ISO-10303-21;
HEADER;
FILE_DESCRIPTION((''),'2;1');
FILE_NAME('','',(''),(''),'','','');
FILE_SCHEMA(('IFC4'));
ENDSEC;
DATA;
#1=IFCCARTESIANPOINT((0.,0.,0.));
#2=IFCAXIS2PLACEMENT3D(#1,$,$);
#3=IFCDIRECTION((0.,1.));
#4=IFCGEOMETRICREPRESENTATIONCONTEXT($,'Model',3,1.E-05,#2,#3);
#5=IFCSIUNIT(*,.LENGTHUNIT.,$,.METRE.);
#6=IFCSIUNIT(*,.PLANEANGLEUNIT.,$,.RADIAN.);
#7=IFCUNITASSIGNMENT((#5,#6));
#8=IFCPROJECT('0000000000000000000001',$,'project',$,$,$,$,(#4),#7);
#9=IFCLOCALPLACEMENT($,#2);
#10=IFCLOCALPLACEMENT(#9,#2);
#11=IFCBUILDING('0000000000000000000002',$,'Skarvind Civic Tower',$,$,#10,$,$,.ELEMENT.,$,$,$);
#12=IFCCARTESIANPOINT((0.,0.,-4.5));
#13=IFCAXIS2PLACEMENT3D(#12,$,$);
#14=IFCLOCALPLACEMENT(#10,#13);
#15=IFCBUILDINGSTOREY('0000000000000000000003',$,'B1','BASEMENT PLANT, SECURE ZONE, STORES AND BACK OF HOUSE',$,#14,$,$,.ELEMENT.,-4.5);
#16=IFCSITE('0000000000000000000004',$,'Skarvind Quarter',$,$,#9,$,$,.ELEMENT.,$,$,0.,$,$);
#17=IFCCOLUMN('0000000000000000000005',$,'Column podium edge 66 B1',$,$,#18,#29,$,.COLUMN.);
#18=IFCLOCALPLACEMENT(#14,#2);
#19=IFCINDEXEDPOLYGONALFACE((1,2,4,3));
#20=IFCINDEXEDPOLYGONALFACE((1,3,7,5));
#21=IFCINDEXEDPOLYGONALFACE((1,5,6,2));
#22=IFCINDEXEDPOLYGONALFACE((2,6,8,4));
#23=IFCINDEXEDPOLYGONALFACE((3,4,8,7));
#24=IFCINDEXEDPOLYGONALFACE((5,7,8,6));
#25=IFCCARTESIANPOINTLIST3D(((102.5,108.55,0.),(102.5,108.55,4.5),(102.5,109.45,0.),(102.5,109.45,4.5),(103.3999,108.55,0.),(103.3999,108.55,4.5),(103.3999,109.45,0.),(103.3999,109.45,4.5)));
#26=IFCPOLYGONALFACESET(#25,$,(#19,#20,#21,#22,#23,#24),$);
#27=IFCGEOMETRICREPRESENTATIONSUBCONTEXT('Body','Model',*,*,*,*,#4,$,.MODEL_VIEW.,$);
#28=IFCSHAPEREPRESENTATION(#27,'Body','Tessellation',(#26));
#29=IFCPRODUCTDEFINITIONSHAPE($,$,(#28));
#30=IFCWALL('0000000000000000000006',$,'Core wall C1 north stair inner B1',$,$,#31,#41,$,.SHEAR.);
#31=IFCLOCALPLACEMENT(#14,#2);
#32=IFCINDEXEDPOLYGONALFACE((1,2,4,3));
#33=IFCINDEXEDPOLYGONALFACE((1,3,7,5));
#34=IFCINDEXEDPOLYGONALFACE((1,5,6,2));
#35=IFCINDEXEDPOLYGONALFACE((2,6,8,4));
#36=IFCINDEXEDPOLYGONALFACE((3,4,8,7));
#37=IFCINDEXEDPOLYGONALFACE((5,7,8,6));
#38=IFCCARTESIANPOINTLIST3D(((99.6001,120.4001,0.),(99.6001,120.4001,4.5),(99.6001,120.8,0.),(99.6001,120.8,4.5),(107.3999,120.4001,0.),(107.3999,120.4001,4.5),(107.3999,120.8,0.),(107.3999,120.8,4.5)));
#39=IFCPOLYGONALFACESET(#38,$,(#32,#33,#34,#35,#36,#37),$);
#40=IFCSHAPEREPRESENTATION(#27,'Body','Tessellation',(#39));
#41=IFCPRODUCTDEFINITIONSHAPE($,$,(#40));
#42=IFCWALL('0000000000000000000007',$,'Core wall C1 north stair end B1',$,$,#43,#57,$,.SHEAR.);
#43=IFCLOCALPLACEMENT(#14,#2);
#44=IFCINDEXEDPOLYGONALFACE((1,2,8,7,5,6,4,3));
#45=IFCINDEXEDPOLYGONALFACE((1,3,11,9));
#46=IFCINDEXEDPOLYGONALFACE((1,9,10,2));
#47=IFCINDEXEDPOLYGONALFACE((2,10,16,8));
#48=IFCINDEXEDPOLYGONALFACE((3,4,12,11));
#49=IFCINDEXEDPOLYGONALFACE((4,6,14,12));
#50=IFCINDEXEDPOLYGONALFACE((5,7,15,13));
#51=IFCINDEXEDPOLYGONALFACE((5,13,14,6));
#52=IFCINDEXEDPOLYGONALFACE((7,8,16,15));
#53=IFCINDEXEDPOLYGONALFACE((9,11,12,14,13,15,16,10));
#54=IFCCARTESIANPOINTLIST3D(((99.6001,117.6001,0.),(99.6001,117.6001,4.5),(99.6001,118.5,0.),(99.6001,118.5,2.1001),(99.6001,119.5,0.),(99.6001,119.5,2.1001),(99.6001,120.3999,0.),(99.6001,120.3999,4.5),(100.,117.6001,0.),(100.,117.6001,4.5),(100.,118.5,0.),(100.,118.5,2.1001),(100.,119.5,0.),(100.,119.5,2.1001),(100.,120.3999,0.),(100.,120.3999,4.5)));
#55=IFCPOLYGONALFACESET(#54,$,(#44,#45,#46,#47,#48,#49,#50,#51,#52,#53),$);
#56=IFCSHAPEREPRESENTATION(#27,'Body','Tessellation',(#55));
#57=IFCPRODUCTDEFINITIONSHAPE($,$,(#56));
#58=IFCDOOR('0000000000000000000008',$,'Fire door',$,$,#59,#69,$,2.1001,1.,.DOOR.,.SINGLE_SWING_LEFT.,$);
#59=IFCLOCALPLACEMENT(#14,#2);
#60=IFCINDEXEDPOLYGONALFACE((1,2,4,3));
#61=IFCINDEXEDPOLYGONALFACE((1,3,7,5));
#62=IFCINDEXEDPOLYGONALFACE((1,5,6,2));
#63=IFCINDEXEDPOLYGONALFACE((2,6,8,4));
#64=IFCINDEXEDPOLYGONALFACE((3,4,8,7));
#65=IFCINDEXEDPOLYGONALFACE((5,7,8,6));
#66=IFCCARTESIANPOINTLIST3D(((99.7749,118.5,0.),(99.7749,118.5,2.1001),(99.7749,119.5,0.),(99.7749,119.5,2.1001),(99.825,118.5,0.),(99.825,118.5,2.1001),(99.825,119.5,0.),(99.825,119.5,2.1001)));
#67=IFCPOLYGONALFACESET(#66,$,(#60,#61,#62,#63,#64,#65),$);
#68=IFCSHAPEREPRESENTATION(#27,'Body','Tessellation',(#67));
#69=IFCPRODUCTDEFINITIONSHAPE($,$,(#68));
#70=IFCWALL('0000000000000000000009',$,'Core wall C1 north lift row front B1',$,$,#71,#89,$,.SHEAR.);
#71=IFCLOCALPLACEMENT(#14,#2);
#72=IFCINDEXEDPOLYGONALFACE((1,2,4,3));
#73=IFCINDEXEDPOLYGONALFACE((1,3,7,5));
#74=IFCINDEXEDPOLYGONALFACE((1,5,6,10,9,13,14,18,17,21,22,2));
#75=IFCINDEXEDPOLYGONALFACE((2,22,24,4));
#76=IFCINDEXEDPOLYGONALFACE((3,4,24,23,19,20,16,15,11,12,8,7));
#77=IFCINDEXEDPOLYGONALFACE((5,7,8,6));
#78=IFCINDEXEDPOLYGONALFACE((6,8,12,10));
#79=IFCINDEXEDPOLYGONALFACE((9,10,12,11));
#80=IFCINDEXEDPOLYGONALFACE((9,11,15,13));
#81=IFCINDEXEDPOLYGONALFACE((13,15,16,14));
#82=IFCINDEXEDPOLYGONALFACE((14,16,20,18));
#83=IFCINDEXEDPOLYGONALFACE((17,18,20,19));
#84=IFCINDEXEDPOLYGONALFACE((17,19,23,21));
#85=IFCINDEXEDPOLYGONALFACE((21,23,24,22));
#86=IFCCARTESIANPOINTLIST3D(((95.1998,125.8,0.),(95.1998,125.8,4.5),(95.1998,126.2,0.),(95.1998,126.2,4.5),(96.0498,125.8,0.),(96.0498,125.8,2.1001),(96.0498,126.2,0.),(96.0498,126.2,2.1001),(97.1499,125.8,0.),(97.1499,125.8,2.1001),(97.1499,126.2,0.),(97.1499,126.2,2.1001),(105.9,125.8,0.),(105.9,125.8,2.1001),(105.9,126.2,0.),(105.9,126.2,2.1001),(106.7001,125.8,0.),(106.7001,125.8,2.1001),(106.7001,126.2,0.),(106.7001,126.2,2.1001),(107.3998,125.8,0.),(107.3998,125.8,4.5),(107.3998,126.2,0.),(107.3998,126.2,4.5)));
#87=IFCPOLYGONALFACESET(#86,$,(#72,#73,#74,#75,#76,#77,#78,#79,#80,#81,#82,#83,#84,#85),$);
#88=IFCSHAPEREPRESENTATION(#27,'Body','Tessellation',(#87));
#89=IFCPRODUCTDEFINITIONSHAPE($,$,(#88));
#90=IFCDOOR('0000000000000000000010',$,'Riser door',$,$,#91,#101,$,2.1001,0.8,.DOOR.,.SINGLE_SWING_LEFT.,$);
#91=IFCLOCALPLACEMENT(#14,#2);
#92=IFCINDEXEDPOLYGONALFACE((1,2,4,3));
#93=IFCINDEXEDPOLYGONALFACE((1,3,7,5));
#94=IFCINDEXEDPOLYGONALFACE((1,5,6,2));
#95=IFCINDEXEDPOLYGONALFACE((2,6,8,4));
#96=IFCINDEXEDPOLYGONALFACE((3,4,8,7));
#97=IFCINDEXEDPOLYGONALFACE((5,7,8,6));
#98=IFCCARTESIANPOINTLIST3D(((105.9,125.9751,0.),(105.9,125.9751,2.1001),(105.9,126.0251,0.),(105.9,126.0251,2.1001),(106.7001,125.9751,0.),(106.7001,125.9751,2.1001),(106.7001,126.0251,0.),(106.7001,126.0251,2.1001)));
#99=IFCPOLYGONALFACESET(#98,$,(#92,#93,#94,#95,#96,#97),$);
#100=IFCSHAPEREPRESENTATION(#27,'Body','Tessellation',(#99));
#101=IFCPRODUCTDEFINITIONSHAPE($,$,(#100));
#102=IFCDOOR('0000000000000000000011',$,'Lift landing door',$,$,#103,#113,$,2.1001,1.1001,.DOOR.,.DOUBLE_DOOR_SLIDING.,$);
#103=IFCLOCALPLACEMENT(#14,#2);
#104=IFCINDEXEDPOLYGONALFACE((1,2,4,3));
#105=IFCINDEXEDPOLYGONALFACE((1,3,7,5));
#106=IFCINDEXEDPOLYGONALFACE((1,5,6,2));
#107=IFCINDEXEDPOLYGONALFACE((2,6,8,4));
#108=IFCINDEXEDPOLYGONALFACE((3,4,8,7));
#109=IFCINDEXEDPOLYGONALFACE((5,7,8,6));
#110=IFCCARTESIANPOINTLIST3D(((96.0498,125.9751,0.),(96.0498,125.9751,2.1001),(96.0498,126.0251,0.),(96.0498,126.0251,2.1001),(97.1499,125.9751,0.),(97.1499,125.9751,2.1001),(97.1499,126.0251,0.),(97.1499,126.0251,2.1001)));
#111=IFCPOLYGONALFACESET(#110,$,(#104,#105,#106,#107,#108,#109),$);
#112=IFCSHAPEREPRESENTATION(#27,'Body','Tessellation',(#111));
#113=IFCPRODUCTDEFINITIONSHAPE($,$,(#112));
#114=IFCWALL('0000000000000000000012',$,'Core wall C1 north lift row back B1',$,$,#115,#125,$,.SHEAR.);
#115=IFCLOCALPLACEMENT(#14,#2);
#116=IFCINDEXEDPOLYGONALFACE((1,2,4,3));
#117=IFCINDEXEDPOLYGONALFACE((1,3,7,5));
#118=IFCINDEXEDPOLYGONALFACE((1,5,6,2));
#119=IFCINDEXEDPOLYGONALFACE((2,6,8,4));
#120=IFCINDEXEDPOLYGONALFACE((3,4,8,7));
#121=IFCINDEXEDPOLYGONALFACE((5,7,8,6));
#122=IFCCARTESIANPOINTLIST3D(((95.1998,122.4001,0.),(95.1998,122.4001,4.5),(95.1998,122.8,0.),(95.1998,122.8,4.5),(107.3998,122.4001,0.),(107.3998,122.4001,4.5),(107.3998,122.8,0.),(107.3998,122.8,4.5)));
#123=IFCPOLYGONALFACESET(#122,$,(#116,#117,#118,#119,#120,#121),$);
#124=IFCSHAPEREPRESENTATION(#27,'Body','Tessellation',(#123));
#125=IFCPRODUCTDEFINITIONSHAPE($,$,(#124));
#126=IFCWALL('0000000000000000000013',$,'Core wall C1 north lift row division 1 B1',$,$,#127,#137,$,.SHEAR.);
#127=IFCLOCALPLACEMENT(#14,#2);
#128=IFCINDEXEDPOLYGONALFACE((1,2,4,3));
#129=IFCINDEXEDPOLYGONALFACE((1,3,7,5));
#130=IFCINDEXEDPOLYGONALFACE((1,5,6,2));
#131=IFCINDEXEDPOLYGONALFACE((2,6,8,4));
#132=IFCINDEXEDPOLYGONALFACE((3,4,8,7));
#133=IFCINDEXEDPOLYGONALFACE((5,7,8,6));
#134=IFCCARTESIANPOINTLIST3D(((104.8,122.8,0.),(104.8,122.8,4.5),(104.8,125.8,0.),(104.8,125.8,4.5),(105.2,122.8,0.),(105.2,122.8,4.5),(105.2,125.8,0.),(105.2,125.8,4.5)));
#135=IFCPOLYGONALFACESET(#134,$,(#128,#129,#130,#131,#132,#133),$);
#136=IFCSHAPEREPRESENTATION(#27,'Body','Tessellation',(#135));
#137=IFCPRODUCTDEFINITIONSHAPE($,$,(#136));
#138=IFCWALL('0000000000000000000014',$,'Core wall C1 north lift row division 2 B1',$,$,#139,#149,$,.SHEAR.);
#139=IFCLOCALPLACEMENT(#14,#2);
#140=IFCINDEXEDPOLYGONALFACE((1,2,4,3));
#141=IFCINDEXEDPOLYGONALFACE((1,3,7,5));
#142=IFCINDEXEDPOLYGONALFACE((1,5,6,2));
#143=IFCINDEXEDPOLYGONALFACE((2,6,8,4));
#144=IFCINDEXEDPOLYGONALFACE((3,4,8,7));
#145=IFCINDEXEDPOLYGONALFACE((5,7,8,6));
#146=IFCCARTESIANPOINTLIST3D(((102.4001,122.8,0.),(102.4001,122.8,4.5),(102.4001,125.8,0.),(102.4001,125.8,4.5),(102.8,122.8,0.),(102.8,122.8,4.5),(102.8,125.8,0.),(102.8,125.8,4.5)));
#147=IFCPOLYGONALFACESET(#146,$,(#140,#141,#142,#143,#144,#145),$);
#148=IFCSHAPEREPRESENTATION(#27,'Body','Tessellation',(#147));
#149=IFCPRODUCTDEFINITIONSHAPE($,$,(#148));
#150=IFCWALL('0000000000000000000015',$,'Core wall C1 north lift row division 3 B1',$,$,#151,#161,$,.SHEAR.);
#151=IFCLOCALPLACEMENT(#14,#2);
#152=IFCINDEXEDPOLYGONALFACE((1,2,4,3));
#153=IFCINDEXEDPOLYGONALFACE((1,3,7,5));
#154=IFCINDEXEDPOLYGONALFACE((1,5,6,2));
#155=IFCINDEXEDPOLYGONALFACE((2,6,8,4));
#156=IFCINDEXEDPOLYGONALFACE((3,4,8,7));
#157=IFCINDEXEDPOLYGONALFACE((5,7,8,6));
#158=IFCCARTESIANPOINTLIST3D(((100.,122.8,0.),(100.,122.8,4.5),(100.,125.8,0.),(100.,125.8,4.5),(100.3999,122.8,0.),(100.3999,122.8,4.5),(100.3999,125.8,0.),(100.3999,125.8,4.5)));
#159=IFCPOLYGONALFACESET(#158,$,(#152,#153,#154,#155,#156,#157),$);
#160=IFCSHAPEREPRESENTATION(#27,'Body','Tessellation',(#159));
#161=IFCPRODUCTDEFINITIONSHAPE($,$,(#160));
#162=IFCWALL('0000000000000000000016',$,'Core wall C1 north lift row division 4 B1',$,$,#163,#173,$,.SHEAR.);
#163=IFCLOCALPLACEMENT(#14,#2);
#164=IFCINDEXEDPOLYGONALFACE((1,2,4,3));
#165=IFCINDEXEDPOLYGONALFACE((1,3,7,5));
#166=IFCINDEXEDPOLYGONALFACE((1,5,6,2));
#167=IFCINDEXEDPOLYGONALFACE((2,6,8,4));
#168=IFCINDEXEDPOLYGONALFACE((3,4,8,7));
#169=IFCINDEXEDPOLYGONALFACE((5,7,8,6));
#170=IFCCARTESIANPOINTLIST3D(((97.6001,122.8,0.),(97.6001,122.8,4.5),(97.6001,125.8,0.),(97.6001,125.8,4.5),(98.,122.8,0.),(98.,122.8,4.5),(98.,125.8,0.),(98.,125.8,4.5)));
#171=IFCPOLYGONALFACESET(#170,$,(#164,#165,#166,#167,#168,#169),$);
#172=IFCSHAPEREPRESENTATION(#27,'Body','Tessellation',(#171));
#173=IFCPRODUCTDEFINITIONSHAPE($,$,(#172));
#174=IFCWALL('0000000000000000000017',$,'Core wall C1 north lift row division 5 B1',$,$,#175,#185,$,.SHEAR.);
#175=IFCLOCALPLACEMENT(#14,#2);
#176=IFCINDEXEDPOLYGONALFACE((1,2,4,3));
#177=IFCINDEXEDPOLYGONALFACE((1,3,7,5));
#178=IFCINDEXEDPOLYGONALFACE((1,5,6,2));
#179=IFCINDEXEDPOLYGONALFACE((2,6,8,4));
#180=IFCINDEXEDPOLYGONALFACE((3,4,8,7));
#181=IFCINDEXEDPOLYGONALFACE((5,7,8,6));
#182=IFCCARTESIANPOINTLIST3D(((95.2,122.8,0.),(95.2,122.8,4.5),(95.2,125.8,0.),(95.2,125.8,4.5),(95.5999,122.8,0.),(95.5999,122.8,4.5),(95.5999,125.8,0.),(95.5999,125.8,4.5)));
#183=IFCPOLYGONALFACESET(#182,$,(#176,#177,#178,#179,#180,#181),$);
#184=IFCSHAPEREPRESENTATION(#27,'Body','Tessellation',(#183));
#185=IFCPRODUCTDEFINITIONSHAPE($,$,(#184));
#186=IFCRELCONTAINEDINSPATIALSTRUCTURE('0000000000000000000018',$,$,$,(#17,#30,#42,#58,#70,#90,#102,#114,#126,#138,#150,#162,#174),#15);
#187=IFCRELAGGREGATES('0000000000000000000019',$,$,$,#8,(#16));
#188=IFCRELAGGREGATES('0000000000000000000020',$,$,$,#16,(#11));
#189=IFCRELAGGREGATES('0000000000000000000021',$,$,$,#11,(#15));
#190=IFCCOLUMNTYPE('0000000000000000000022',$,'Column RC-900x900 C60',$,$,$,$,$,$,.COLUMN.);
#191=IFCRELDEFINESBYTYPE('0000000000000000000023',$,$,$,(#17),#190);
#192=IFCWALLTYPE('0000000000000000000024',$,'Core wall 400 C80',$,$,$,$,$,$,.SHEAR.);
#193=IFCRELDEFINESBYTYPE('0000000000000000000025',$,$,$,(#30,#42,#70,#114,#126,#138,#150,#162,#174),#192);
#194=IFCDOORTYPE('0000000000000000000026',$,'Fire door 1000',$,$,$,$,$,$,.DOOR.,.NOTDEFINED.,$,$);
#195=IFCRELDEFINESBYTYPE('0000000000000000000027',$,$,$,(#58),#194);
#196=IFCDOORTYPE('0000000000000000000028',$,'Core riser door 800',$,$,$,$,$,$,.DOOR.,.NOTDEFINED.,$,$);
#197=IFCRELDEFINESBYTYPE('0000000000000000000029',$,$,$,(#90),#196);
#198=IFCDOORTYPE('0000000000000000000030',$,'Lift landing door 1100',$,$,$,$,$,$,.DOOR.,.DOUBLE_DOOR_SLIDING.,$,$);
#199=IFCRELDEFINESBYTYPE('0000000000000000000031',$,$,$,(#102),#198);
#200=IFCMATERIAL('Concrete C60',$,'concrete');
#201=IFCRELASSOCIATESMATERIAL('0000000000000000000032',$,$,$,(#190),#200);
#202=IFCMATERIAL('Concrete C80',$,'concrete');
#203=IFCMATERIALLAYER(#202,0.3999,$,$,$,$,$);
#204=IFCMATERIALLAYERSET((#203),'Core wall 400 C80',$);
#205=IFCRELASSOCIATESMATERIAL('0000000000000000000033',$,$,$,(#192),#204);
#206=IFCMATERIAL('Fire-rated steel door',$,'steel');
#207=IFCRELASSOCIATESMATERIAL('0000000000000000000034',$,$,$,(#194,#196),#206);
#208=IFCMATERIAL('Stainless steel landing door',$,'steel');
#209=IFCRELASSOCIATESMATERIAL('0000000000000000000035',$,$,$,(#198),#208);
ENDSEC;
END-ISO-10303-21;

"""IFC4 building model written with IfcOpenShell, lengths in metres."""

from ifc_helpers import new_model, si_unit, direction, frame, frame_2d, origin, origin_2d, place, context, subcontext, project, spatial, rectangle, extrude, material, layer, layer_set, material_profile, profile_set, type_object, element, fill, save


model = new_model("IFC4")

# Units and contexts
model_context = context("Model", 3, precision=1e-05, world=origin(), true_north=direction((0.0, 1.0)))
body_context = subcontext(model_context, "Body", "Model", "MODEL_VIEW")
ifc_project = project(units=[si_unit("LENGTHUNIT", "METRE"), si_unit("PLANEANGLEUNIT", "RADIAN")], contexts=[model_context])

# Site, building, storey
site_placement = place(None, origin())
site = spatial("IfcSite", under=ifc_project, at=site_placement, Name="Skarvind Quarter", CompositionType="ELEMENT", RefElevation=0.0)
building_placement = place(site_placement, origin())
building = spatial("IfcBuilding", under=site, at=building_placement, Name="Skarvind Civic Tower", CompositionType="ELEMENT")
storey_placement = place(building_placement, frame((0.0, 0.0, -4.5)))
storey = spatial("IfcBuildingStorey", under=building, at=storey_placement, Name="B1", Description="BASEMENT PLANT, SECURE ZONE, STORES AND BACK OF HOUSE", CompositionType="ELEMENT", Elevation=-4.5)

# Column
ifc_material_1 = material(Name="Concrete C60", Category="concrete")
ifc_material_profile = material_profile(ifc_material_1, rectangle(XDim=0.8999, YDim=0.8999, at=origin_2d()), Name="RC-900x900")
ifc_profile_set = profile_set([ifc_material_profile], Name="Concrete C60")
column_type = type_object("IfcColumnType", Name="Column RC-900x900 C60", PredefinedType="COLUMN", material=ifc_profile_set)
column_placement = place(storey_placement, frame((102.95, 109.0, 0.0), z_axis=(0.0, 0.0, 1.0), x_axis=(1.0, 0.0, 0.0)))
element("IfcColumn", 1, at=column_placement, inside=storey, type_object=column_type, Name="Column podium edge 66 B1", PredefinedType="COLUMN", context=body_context, shape_type="SweptSolid", body=[
    extrude(rectangle(XDim=0.8999, YDim=0.8999, at=origin_2d()), origin(), (0.0, 0.0, 1.0), 4.5),
])

# Wall
ifc_material_2 = material(Name="Concrete C80", Category="concrete")
ifc_layer_1 = layer(ifc_material_2, 0.3999)
ifc_layer_set_1 = layer_set([ifc_layer_1], Name="Core wall 400 C80")
wall_type_1 = type_object("IfcWallType", Name="Core wall 400 C80", PredefinedType="SHEAR", material=ifc_layer_set_1)
wall_1_placement = place(storey_placement, frame((107.3999, 120.6001, 0.0), z_axis=(0.0, 0.0, 1.0), x_axis=(-1.0, 0.0, 0.0)))
element("IfcWall", 2, at=wall_1_placement, inside=storey, type_object=wall_type_1, Name="Core wall C1 north stair inner B1", PredefinedType="SHEAR", context=body_context, shape_type="SweptSolid", body=[
    extrude(rectangle(XDim=7.7998, YDim=0.3999, at=frame_2d((3.8999, 0.0))), origin(), (0.0, 0.0, 1.0), 4.5),
])

# Wall, opening, door
wall_2_placement = place(storey_placement, frame((99.8, 120.3999, 0.0), z_axis=(0.0, 0.0, 1.0), x_axis=(0.0, -1.0, 0.0)))
wall_2 = element("IfcWall", 3, at=wall_2_placement, inside=storey, type_object=wall_type_1, Name="Core wall C1 north stair end B1", PredefinedType="SHEAR", context=body_context, shape_type="SweptSolid", body=[
    extrude(rectangle(XDim=2.7998, YDim=0.3999, at=frame_2d((1.3999, 0.0))), origin(), (0.0, 0.0, 1.0), 4.5),
])
opening_1_placement = place(wall_2_placement, frame((0.8999, 0.0, 0.0)))
opening_1 = element("IfcOpeningElement", 4, at=opening_1_placement, cuts=wall_2, PredefinedType="OPENING", context=body_context, shape_type="SweptSolid", body=[
    extrude(rectangle(XDim=1.0, YDim=2.1001, at=frame_2d((0.5, 1.05))), frame((0.0, 0.21, 0.0), z_axis=(0.0, -1.0, 0.0), x_axis=(1.0, 0.0, 0.0)), (0.0, 0.0, 1.0), 0.4199),
])
ifc_material_3 = material(Name="Fire-rated steel door", Category="steel")
door_type_1 = type_object("IfcDoorType", Name="Fire door 1000", OperationType="NOTDEFINED", PredefinedType="DOOR", material=ifc_material_3)
door_1_placement = place(opening_1_placement, origin())
door_1 = element("IfcDoor", 5, at=door_1_placement, inside=storey, type_object=door_type_1, Name="Fire door", OperationType="SINGLE_SWING_LEFT", OverallHeight=2.1001, OverallWidth=1.0, PredefinedType="DOOR", context=body_context, shape_type="SweptSolid", body=[
    extrude(rectangle(XDim=1.0, YDim=2.1001, at=frame_2d((0.5, 1.05))), frame((0.0, 0.0249, 0.0), z_axis=(0.0, -1.0, 0.0), x_axis=(1.0, 0.0, 0.0)), (0.0, 0.0, 1.0), 0.05),
])
fill(opening_1, door_1)

# Wall, openings, doors
wall_3_placement = place(storey_placement, frame((107.3999, 126.0, 0.0), z_axis=(0.0, 0.0, 1.0), x_axis=(-1.0, 0.0, 0.0)))
wall_3 = element("IfcWall", 6, at=wall_3_placement, inside=storey, type_object=wall_type_1, Name="Core wall C1 north lift row front B1", PredefinedType="SHEAR", context=body_context, shape_type="SweptSolid", body=[
    extrude(rectangle(XDim=12.2, YDim=0.3999, at=frame_2d((6.1001, 0.0))), origin(), (0.0, 0.0, 1.0), 4.5),
])
opening_2_placement = place(wall_3_placement, frame((10.25, 0.0, 0.0)))
opening_2 = element("IfcOpeningElement", 7, at=opening_2_placement, cuts=wall_3, PredefinedType="OPENING", context=body_context, shape_type="SweptSolid", body=[
    extrude(rectangle(XDim=1.1001, YDim=2.1001, at=frame_2d((0.55, 1.05))), frame((0.0, 0.21, 0.0), z_axis=(0.0, -1.0, 0.0), x_axis=(1.0, 0.0, 0.0)), (0.0, 0.0, 1.0), 0.4199),
])
opening_3_placement = place(wall_3_placement, frame((0.7, 0.0, 0.0)))
opening_3 = element("IfcOpeningElement", 8, at=opening_3_placement, cuts=wall_3, PredefinedType="OPENING", context=body_context, shape_type="SweptSolid", body=[
    extrude(rectangle(XDim=0.8, YDim=2.1001, at=frame_2d((0.3999, 1.05))), frame((0.0, 0.21, 0.0), z_axis=(0.0, -1.0, 0.0), x_axis=(1.0, 0.0, 0.0)), (0.0, 0.0, 1.0), 0.4199),
])
door_type_2 = type_object("IfcDoorType", Name="Core riser door 800", OperationType="NOTDEFINED", PredefinedType="DOOR", material=ifc_material_3)
door_2_placement = place(opening_3_placement, origin())
door_2 = element("IfcDoor", 9, at=door_2_placement, inside=storey, type_object=door_type_2, Name="Riser door", OperationType="SINGLE_SWING_LEFT", OverallHeight=2.1001, OverallWidth=0.8, PredefinedType="DOOR", context=body_context, shape_type="SweptSolid", body=[
    extrude(rectangle(XDim=0.8, YDim=2.1001, at=frame_2d((0.3999, 1.05))), frame((0.0, 0.0249, 0.0), z_axis=(0.0, -1.0, 0.0), x_axis=(1.0, 0.0, 0.0)), (0.0, 0.0, 1.0), 0.05),
])
fill(opening_3, door_2)
ifc_material_4 = material(Name="Stainless steel landing door", Category="steel")
door_type_3 = type_object("IfcDoorType", Name="Lift landing door 1100", OperationType="DOUBLE_DOOR_SLIDING", PredefinedType="DOOR", material=ifc_material_4)
door_3_placement = place(opening_2_placement, origin())
door_3 = element("IfcDoor", 10, at=door_3_placement, inside=storey, type_object=door_type_3, Name="Lift landing door", OperationType="DOUBLE_DOOR_SLIDING", OverallHeight=2.1001, OverallWidth=1.1001, PredefinedType="DOOR", context=body_context, shape_type="SweptSolid", body=[
    extrude(rectangle(XDim=1.1001, YDim=2.1001, at=frame_2d((0.55, 1.05))), frame((0.0, 0.0249, 0.0), z_axis=(0.0, -1.0, 0.0), x_axis=(1.0, 0.0, 0.0)), (0.0, 0.0, 1.0), 0.05),
])
fill(opening_2, door_3)

# Walls
wall_4_placement = place(storey_placement, frame((107.3999, 122.6001, 0.0), z_axis=(0.0, 0.0, 1.0), x_axis=(-1.0, 0.0, 0.0)))
element("IfcWall", 11, at=wall_4_placement, inside=storey, type_object=wall_type_1, Name="Core wall C1 north lift row back B1", PredefinedType="SHEAR", context=body_context, shape_type="SweptSolid", body=[
    extrude(rectangle(XDim=12.2, YDim=0.3999, at=frame_2d((6.1001, 0.0))), origin(), (0.0, 0.0, 1.0), 4.5),
])
for number, where, z_axis, x_axis, name in (
    (12, (105.0, 125.8, 0.0), (0.0, 0.0, 1.0), (0.0, -1.0, 0.0), "Core wall C1 north lift row division 1 B1"),
    (13, (102.6001, 125.8, 0.0), (0.0, 0.0, 1.0), (0.0, -1.0, 0.0), "Core wall C1 north lift row division 2 B1"),
    (14, (100.2, 125.8, 0.0), (0.0, 0.0, 1.0), (0.0, -1.0, 0.0), "Core wall C1 north lift row division 3 B1"),
    (15, (97.8, 125.8, 0.0), (0.0, 0.0, 1.0), (0.0, -1.0, 0.0), "Core wall C1 north lift row division 4 B1"),
    (16, (95.3999, 125.8, 0.0), (0.0, 0.0, 1.0), (0.0, -1.0, 0.0), "Core wall C1 north lift row division 5 B1"),
):
    element("IfcWall", number, at=place(storey_placement, frame(where, z_axis=z_axis, x_axis=x_axis)), inside=storey, type_object=wall_type_1, Name=name, PredefinedType="SHEAR", context=body_context, shape_type="SweptSolid", body=[
        extrude(rectangle(XDim=3.0, YDim=0.3999, at=frame_2d((1.5, 0.0))), origin(), (0.0, 0.0, 1.0), 4.5),
    ])

save(model, "model.ifc")
